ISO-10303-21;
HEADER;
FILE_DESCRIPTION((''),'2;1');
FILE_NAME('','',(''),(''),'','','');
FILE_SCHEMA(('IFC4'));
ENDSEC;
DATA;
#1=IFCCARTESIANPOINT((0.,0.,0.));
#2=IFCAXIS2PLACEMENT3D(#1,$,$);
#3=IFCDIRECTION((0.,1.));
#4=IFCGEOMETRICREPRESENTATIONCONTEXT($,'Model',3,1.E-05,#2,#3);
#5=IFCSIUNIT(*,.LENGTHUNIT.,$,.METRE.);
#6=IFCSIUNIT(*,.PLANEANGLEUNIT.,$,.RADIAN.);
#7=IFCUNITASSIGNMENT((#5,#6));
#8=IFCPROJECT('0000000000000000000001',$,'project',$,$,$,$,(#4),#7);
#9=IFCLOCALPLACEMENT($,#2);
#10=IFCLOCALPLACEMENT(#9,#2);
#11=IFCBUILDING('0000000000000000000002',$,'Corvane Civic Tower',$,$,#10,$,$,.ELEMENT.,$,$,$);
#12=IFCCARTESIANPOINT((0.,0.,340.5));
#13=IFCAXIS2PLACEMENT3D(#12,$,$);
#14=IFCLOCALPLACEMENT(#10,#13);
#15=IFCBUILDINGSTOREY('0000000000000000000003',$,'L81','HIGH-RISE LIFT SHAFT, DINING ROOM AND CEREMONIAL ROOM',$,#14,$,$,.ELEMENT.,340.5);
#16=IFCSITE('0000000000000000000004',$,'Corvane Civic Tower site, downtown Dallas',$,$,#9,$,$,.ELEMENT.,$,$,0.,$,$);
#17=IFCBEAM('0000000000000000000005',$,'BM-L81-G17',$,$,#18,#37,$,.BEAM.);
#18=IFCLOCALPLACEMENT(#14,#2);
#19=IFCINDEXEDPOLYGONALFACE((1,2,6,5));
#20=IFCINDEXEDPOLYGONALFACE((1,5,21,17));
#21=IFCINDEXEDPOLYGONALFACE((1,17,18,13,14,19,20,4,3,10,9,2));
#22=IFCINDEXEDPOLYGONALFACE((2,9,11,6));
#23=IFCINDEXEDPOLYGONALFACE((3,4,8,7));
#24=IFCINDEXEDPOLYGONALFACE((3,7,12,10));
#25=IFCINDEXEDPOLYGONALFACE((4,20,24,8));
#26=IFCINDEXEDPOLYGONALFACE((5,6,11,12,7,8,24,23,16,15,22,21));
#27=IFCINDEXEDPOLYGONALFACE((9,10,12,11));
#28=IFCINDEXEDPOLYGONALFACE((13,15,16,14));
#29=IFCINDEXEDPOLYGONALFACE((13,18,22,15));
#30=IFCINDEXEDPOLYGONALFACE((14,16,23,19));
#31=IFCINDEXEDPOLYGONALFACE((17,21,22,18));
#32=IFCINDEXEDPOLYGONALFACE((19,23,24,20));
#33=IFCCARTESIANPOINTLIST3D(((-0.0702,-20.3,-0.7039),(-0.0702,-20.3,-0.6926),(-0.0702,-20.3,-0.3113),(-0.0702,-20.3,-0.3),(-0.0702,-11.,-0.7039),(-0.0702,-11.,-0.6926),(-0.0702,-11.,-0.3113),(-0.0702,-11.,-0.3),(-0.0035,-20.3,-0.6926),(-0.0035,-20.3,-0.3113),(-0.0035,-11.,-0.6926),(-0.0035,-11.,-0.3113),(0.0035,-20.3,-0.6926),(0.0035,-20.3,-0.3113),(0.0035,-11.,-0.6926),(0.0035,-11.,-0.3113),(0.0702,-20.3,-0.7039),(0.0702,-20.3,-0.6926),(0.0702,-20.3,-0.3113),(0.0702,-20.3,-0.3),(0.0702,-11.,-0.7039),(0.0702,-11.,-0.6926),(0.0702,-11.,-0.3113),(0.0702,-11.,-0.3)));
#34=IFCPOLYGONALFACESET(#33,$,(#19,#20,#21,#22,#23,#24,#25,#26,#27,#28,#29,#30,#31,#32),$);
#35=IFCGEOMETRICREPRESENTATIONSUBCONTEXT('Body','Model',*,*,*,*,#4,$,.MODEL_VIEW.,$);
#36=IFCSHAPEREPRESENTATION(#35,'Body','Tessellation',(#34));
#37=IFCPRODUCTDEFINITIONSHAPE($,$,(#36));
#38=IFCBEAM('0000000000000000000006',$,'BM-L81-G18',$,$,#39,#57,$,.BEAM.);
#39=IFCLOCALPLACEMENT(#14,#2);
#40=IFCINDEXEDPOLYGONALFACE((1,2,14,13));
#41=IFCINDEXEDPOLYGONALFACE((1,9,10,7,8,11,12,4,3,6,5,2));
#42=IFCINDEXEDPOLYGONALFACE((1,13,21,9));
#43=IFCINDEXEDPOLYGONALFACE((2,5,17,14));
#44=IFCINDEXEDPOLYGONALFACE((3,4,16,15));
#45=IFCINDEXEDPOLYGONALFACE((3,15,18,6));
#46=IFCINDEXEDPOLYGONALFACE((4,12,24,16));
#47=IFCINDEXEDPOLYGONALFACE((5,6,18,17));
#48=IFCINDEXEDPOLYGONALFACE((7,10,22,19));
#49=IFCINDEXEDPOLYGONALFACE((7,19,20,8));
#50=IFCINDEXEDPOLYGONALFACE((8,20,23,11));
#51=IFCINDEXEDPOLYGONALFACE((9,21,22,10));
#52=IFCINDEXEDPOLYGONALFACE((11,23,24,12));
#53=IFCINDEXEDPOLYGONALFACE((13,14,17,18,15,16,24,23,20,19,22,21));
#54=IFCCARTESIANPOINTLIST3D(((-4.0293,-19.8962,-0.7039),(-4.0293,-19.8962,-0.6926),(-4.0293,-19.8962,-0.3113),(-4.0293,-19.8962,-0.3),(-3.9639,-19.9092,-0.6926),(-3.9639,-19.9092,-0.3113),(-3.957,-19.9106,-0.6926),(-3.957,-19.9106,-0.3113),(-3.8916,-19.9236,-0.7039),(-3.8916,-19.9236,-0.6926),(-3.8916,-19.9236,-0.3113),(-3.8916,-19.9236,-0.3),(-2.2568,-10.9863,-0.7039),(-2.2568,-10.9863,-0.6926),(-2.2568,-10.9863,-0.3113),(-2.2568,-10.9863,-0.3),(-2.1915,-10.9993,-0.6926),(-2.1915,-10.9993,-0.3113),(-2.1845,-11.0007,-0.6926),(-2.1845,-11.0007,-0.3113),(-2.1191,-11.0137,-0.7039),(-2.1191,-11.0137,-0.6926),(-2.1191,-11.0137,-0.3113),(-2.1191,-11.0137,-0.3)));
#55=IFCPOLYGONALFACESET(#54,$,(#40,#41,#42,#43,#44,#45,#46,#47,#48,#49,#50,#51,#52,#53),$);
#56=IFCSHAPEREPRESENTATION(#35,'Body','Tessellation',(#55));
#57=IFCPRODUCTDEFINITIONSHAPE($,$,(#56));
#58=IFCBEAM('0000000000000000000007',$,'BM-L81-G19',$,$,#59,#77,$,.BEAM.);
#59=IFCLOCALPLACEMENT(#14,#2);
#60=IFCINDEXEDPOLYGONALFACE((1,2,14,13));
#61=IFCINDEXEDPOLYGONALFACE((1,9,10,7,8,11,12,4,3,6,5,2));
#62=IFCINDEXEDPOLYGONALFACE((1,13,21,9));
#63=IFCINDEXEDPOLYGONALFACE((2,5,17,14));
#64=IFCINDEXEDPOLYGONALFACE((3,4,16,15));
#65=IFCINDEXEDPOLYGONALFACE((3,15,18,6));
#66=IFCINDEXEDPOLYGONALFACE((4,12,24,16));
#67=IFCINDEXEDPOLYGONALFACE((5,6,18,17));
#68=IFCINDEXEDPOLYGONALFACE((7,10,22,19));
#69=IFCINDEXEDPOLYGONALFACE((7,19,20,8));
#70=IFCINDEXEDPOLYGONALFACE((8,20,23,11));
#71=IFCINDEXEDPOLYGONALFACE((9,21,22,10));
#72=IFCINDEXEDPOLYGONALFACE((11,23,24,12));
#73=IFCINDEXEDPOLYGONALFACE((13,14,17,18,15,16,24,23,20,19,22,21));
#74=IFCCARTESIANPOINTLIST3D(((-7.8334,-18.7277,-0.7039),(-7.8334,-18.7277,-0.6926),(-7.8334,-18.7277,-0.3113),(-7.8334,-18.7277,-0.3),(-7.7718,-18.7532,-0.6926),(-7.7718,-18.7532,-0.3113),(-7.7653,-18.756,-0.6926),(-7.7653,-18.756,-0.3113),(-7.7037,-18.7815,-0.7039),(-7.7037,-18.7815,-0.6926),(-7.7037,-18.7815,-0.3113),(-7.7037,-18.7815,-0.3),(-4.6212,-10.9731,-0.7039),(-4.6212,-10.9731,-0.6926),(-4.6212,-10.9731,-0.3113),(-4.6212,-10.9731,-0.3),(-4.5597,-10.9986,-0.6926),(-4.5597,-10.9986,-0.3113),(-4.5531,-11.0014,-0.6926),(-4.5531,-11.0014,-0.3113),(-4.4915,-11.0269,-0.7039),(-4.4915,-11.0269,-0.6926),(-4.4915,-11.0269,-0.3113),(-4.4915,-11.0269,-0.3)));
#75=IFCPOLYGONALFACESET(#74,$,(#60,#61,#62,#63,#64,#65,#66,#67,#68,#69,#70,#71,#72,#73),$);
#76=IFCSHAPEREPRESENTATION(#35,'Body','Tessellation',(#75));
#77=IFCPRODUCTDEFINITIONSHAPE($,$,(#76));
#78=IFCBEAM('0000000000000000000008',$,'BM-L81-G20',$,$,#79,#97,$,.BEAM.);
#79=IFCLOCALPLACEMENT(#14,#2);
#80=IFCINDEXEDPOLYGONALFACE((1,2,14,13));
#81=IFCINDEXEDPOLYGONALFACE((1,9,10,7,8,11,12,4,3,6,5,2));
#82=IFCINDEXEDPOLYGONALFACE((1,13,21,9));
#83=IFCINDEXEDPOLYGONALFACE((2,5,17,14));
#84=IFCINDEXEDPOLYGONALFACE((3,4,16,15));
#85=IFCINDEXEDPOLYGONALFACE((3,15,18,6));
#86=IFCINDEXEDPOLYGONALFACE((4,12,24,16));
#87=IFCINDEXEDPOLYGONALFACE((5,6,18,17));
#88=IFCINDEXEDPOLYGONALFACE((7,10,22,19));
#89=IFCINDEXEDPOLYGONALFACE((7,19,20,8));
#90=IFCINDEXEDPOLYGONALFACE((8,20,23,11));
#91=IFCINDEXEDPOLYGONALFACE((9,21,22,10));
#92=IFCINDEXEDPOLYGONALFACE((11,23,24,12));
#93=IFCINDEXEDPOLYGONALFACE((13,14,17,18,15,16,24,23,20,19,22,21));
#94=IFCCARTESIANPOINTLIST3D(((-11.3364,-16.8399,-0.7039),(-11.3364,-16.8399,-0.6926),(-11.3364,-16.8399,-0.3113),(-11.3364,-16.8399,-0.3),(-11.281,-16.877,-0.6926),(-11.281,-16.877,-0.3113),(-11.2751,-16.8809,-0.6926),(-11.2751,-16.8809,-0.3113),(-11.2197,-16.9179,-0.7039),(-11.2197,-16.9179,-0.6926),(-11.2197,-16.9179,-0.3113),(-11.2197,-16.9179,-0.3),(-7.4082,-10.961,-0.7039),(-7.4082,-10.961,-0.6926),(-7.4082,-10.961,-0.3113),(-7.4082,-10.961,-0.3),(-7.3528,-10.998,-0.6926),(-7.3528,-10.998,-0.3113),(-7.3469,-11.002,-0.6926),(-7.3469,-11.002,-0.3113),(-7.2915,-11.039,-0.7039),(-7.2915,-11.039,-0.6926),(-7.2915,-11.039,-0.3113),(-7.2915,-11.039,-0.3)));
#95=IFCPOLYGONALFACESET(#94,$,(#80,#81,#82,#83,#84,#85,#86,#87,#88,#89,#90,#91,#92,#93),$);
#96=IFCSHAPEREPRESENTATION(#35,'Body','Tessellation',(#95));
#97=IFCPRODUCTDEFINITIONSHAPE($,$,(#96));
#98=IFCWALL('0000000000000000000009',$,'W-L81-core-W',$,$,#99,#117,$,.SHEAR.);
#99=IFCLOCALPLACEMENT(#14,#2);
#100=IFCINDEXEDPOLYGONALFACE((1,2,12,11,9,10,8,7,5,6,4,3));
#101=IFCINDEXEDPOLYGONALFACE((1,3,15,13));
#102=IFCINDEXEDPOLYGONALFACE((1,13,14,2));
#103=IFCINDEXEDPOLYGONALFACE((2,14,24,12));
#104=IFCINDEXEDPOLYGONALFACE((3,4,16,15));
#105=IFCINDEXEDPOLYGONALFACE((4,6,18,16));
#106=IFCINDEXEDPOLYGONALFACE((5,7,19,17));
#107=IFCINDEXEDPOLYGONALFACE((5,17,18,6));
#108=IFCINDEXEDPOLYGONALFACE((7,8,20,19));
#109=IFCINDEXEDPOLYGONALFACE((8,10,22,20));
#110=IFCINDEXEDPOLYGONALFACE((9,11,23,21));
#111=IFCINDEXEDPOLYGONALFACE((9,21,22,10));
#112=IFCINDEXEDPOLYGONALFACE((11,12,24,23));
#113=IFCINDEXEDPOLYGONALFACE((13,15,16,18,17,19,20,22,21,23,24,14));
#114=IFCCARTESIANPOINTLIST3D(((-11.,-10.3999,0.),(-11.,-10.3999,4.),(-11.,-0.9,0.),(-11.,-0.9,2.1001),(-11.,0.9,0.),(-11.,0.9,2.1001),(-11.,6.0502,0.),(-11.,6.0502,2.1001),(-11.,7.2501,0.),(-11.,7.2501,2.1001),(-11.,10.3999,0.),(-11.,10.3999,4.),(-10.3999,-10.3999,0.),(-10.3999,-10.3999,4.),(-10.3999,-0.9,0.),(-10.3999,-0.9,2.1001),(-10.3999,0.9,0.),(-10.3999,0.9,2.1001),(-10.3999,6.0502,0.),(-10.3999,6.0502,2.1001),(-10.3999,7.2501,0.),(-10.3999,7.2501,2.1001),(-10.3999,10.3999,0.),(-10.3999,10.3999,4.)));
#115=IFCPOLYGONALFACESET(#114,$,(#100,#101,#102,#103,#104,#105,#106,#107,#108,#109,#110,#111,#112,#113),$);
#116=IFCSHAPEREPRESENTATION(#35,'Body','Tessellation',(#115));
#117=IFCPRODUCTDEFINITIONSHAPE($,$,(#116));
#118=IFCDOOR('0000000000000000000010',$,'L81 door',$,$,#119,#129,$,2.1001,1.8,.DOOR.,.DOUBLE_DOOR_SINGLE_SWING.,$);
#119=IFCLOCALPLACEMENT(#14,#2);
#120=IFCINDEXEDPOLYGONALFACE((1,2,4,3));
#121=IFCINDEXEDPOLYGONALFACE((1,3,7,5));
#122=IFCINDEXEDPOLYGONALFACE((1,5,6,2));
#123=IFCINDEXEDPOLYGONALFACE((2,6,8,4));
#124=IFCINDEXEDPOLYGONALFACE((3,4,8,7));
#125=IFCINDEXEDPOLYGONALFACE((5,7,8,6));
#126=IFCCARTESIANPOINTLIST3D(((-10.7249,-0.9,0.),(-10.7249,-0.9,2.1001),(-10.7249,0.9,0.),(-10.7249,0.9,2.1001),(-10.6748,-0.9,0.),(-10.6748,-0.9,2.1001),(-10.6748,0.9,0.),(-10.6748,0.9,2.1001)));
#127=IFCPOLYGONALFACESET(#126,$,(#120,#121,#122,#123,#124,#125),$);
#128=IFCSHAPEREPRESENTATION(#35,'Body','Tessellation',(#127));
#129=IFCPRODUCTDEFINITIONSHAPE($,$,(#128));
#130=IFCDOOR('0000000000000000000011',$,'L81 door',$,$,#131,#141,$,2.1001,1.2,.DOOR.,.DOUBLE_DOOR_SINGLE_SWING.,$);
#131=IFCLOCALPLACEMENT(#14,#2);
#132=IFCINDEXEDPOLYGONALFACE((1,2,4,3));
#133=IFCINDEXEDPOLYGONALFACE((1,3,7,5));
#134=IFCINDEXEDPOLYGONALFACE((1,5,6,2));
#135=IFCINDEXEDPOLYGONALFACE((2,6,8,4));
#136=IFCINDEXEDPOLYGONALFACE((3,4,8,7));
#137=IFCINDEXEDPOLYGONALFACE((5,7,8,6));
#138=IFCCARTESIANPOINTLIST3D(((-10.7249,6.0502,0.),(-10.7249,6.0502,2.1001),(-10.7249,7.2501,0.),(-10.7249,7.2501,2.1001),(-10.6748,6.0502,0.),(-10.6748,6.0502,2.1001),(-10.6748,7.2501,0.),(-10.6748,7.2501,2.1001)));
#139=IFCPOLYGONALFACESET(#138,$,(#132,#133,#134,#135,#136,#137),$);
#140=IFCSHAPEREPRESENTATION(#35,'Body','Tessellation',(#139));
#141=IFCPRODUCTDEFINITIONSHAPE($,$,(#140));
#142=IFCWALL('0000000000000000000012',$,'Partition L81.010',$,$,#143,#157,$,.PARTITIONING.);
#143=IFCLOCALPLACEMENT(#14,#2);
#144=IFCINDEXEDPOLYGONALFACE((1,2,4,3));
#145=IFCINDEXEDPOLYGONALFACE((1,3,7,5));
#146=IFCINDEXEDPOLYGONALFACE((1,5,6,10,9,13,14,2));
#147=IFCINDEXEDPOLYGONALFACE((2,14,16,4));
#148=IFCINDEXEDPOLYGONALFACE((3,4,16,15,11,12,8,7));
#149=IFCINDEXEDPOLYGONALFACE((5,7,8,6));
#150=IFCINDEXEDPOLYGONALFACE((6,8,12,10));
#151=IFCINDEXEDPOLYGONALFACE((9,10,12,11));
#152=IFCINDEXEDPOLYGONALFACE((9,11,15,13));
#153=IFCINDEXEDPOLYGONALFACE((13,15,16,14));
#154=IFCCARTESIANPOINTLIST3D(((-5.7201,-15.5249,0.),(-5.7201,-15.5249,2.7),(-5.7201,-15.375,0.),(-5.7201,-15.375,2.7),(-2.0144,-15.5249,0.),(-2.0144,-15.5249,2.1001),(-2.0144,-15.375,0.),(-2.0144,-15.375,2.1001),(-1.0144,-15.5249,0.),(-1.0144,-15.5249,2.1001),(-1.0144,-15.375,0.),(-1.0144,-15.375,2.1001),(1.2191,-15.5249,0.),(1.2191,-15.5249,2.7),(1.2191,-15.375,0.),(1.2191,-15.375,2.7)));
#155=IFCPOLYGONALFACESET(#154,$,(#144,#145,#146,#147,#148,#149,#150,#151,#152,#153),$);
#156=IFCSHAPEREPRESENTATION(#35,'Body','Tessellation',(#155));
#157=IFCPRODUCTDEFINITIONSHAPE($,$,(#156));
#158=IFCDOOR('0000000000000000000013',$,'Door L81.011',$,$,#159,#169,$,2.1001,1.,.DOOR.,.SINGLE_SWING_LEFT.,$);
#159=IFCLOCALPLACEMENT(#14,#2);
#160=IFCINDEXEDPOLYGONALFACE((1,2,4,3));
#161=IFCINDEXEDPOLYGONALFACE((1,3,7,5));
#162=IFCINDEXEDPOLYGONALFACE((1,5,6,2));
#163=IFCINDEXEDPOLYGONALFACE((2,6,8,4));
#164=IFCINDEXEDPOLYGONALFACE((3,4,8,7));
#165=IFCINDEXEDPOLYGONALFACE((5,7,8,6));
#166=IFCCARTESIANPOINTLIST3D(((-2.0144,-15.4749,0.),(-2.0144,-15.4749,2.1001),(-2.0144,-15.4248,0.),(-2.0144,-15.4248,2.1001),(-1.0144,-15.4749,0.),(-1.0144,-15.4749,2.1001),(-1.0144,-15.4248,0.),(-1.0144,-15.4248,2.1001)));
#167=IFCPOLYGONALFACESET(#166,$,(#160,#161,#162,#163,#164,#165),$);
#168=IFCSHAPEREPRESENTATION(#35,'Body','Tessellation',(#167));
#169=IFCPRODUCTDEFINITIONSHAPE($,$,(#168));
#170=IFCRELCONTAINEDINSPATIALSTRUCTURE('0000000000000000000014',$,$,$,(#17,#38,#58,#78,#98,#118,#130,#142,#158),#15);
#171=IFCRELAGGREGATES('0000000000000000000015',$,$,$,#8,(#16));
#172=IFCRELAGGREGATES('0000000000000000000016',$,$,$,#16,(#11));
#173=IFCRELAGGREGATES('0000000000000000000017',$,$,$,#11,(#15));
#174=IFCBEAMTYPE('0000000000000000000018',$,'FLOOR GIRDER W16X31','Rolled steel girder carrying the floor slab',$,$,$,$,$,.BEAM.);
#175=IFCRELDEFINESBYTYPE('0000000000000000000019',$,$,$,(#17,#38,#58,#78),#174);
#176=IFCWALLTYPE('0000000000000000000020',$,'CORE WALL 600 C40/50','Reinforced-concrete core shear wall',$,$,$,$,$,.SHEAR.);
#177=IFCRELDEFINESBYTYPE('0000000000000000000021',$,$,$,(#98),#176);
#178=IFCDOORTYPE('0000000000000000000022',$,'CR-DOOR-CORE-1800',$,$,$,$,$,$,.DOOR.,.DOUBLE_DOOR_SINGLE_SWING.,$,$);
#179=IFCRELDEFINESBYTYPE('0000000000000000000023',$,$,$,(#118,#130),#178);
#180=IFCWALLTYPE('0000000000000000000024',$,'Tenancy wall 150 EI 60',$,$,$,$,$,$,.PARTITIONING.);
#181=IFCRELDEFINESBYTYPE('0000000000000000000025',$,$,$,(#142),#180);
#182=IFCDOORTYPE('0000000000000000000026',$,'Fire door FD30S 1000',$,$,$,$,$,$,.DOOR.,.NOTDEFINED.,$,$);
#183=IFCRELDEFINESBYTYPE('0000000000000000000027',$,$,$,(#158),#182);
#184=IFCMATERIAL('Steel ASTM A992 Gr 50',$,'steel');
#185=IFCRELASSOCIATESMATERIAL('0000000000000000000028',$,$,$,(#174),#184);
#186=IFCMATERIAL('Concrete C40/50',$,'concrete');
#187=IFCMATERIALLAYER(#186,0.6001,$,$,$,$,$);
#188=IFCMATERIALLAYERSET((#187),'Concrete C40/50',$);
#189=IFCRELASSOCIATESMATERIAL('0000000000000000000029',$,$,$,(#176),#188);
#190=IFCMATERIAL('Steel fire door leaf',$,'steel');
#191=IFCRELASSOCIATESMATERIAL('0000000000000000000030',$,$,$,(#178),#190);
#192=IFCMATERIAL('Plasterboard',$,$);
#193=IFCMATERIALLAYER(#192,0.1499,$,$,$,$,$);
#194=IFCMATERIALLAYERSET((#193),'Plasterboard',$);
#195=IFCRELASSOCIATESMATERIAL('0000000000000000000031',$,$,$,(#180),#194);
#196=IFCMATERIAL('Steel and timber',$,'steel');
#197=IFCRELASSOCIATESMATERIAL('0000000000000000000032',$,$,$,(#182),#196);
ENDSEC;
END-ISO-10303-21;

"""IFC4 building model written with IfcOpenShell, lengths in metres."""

from ifc_helpers import new_model, si_unit, direction, frame, frame_2d, origin, origin_2d, place, context, subcontext, project, spatial, rectangle, i_section, extrude, material, layer, layer_set, material_profile, profile_set, type_object, element, fill, save


model = new_model("IFC4")

# Units and contexts
model_context = context("Model", 3, precision=1e-05, world=origin(), true_north=direction((0.0, 1.0)))
body_context = subcontext(model_context, "Body", "Model", "MODEL_VIEW")
ifc_project = project(units=[si_unit("LENGTHUNIT", "METRE"), si_unit("PLANEANGLEUNIT", "RADIAN")], contexts=[model_context])

# Site, building, storey
site_placement = place(None, origin())
site = spatial("IfcSite", under=ifc_project, at=site_placement, Name="Corvane Civic Tower site, downtown Dallas", CompositionType="ELEMENT", RefElevation=0.0)
building_placement = place(site_placement, origin())
building = spatial("IfcBuilding", under=site, at=building_placement, Name="Corvane Civic Tower", CompositionType="ELEMENT")
storey_placement = place(building_placement, frame((0.0, 0.0, 340.5)))
storey = spatial("IfcBuildingStorey", under=building, at=storey_placement, Name="L81", Description="HIGH-RISE LIFT SHAFT, DINING ROOM AND CEREMONIAL ROOM", CompositionType="ELEMENT", Elevation=340.5)

# Beams
ifc_material_1 = material(Name="Steel ASTM A992 Gr 50", Category="steel")
ifc_material_profile = material_profile(ifc_material_1, i_section(OverallWidth=0.1404, OverallDepth=0.4038, WebThickness=0.0071, FlangeThickness=0.0112, at=origin_2d()), Name="W16X31")
ifc_profile_set = profile_set([ifc_material_profile], Name="Steel ASTM A992 Gr 50")
beam_type = type_object("IfcBeamType", Name="FLOOR GIRDER W16X31", Description="Rolled steel girder carrying the floor slab", PredefinedType="BEAM", material=ifc_profile_set)
beam_1_placement = place(storey_placement, frame((0.0, -11.0, -0.502), z_axis=(0.0, -1.0, 0.0), x_axis=(1.0, 0.0, 0.0)))
element("IfcBeam", 1, at=beam_1_placement, inside=storey, type_object=beam_type, Name="BM-L81-G17", PredefinedType="BEAM", context=body_context, shape_type="SweptSolid", body=[
    extrude(i_section(OverallWidth=0.1404, OverallDepth=0.4038, WebThickness=0.0071, FlangeThickness=0.0112, at=origin_2d()), origin(), (0.0, 0.0, 1.0), 9.3),
])
beam_2_placement = place(storey_placement, frame((-2.188, -11.0, -0.502), z_axis=(-0.195108, -0.980782, 0.0), x_axis=(0.980782, -0.195108, 0.0)))
element("IfcBeam", 2, at=beam_2_placement, inside=storey, type_object=beam_type, Name="BM-L81-G18", PredefinedType="BEAM", context=body_context, shape_type="SweptSolid", body=[
    extrude(i_section(OverallWidth=0.1404, OverallDepth=0.4038, WebThickness=0.0071, FlangeThickness=0.0112, at=origin_2d()), origin(), (0.0, 0.0, 1.0), 9.0845),
])
beam_3_placement = place(storey_placement, frame((-4.5564, -11.0, -0.502), z_axis=(-0.382692, -0.923876, 0.0), x_axis=(0.923876, -0.382692, 0.0)))
element("IfcBeam", 3, at=beam_3_placement, inside=storey, type_object=beam_type, Name="BM-L81-G19", PredefinedType="BEAM", context=body_context, shape_type="SweptSolid", body=[
    extrude(i_section(OverallWidth=0.1404, OverallDepth=0.4038, WebThickness=0.0071, FlangeThickness=0.0112, at=origin_2d()), origin(), (0.0, 0.0, 1.0), 8.3936),
])
beam_4_placement = place(storey_placement, frame((-7.3499, -11.0, -0.502), z_axis=(-0.555576, -0.831465, 0.0), x_axis=(0.831465, -0.555576, 0.0)))
element("IfcBeam", 4, at=beam_4_placement, inside=storey, type_object=beam_type, Name="BM-L81-G20", PredefinedType="BEAM", context=body_context, shape_type="SweptSolid", body=[
    extrude(i_section(OverallWidth=0.1404, OverallDepth=0.4038, WebThickness=0.0071, FlangeThickness=0.0112, at=origin_2d()), origin(), (0.0, 0.0, 1.0), 7.0706),
])

# Wall, openings, doors
ifc_material_2 = material(Name="Concrete C40/50", Category="concrete")
ifc_layer_1 = layer(ifc_material_2, 0.6001)
ifc_layer_set_1 = layer_set([ifc_layer_1], Name="Concrete C40/50")
wall_type_1 = type_object("IfcWallType", Name="CORE WALL 600 C40/50", Description="Reinforced-concrete core shear wall", PredefinedType="SHEAR", material=ifc_layer_set_1)
wall_1_placement = place(storey_placement, frame((-10.7, -10.3999, 0.0), z_axis=(0.0, 0.0, 1.0), x_axis=(0.0, 1.0, 0.0)))
wall_1 = element("IfcWall", 5, at=wall_1_placement, inside=storey, type_object=wall_type_1, Name="W-L81-core-W", PredefinedType="SHEAR", context=body_context, shape_type="SweptSolid", body=[
    extrude(rectangle(XDim=20.7998, YDim=0.6001, at=frame_2d((10.3999, 0.0))), origin(), (0.0, 0.0, 1.0), 4.0),
])
opening_1_placement = place(wall_1_placement, frame((9.5, 0.0, 0.0)))
opening_1 = element("IfcOpeningElement", 6, at=opening_1_placement, cuts=wall_1, PredefinedType="OPENING", context=body_context, shape_type="SweptSolid", body=[
    extrude(rectangle(XDim=1.8, YDim=2.1001, at=frame_2d((0.8999, 1.05))), frame((0.0, 0.3101, 0.0), z_axis=(0.0, -1.0, 0.0), x_axis=(1.0, 0.0, 0.0)), (0.0, 0.0, 1.0), 0.6201),
])
opening_2_placement = place(wall_1_placement, frame((16.45, 0.0, 0.0)))
opening_2 = element("IfcOpeningElement", 7, at=opening_2_placement, cuts=wall_1, PredefinedType="OPENING", context=body_context, shape_type="SweptSolid", body=[
    extrude(rectangle(XDim=1.2, YDim=2.1001, at=frame_2d((0.6001, 1.05))), frame((0.0, 0.3101, 0.0), z_axis=(0.0, -1.0, 0.0), x_axis=(1.0, 0.0, 0.0)), (0.0, 0.0, 1.0), 0.6201),
])
ifc_material_3 = material(Name="Steel fire door leaf", Category="steel")
door_type_1 = type_object("IfcDoorType", Name="CR-DOOR-CORE-1800", OperationType="DOUBLE_DOOR_SINGLE_SWING", PredefinedType="DOOR", material=ifc_material_3)
door_1_placement = place(opening_1_placement, origin())
door_1 = element("IfcDoor", 8, at=door_1_placement, inside=storey, type_object=door_type_1, Name="L81 door", OperationType="DOUBLE_DOOR_SINGLE_SWING", OverallHeight=2.1001, OverallWidth=1.8, PredefinedType="DOOR", context=body_context, shape_type="SweptSolid", body=[
    extrude(rectangle(XDim=1.8, YDim=2.1001, at=frame_2d((0.8999, 1.05))), frame((0.0, 0.0249, 0.0), z_axis=(0.0, -1.0, 0.0), x_axis=(1.0, 0.0, 0.0)), (0.0, 0.0, 1.0), 0.05),
])
fill(opening_1, door_1)
door_2_placement = place(opening_2_placement, origin())
door_2 = element("IfcDoor", 9, at=door_2_placement, inside=storey, type_object=door_type_1, Name="L81 door", OperationType="DOUBLE_DOOR_SINGLE_SWING", OverallHeight=2.1001, OverallWidth=1.2, PredefinedType="DOOR", context=body_context, shape_type="SweptSolid", body=[
    extrude(rectangle(XDim=1.2, YDim=2.1001, at=frame_2d((0.6001, 1.05))), frame((0.0, 0.0249, 0.0), z_axis=(0.0, -1.0, 0.0), x_axis=(1.0, 0.0, 0.0)), (0.0, 0.0, 1.0), 0.05),
])
fill(opening_2, door_2)

# Wall, opening, door
ifc_material_4 = material(Name="Plasterboard")
ifc_layer_2 = layer(ifc_material_4, 0.1499)
ifc_layer_set_2 = layer_set([ifc_layer_2], Name="Plasterboard")
wall_type_2 = type_object("IfcWallType", Name="Tenancy wall 150 EI 60", PredefinedType="PARTITIONING", material=ifc_layer_set_2)
wall_2_placement = place(storey_placement, frame((-5.7202, -15.45, 0.0), z_axis=(0.0, 0.0, 1.0), x_axis=(1.0, 0.0, 0.0)))
wall_2 = element("IfcWall", 10, at=wall_2_placement, inside=storey, type_object=wall_type_2, Name="Partition L81.010", PredefinedType="PARTITIONING", context=body_context, shape_type="SweptSolid", body=[
    extrude(rectangle(XDim=6.9392, YDim=0.1499, at=frame_2d((3.4697, 0.0))), origin(), (0.0, 0.0, 1.0), 2.7),
])
opening_3_placement = place(wall_2_placement, frame((3.7058, 0.0, 0.0)))
opening_3 = element("IfcOpeningElement", 11, at=opening_3_placement, cuts=wall_2, PredefinedType="OPENING", context=body_context, shape_type="SweptSolid", body=[
    extrude(rectangle(XDim=1.0, YDim=2.1001, at=frame_2d((0.5, 1.05))), frame((0.0, 0.085, 0.0), z_axis=(0.0, -1.0, 0.0), x_axis=(1.0, 0.0, 0.0)), (0.0, 0.0, 1.0), 0.1699),
])
ifc_material_5 = material(Name="Steel and timber", Category="steel")
door_type_2 = type_object("IfcDoorType", Name="Fire door FD30S 1000", OperationType="NOTDEFINED", PredefinedType="DOOR", material=ifc_material_5)
door_3_placement = place(opening_3_placement, frame((1.0, 0.0, 0.0), z_axis=(0.0, 0.0, 1.0), x_axis=(-1.0, 0.0, 0.0)))
door_3 = element("IfcDoor", 12, at=door_3_placement, inside=storey, type_object=door_type_2, Name="Door L81.011", OperationType="SINGLE_SWING_LEFT", OverallHeight=2.1001, OverallWidth=1.0, PredefinedType="DOOR", context=body_context, shape_type="SweptSolid", body=[
    extrude(rectangle(XDim=1.0, YDim=2.1001, at=frame_2d((0.5, 1.05))), frame((0.0, 0.0249, 0.0), z_axis=(0.0, -1.0, 0.0), x_axis=(1.0, 0.0, 0.0)), (0.0, 0.0, 1.0), 0.05),
])
fill(opening_3, door_3)

save(model, "model.ifc")
